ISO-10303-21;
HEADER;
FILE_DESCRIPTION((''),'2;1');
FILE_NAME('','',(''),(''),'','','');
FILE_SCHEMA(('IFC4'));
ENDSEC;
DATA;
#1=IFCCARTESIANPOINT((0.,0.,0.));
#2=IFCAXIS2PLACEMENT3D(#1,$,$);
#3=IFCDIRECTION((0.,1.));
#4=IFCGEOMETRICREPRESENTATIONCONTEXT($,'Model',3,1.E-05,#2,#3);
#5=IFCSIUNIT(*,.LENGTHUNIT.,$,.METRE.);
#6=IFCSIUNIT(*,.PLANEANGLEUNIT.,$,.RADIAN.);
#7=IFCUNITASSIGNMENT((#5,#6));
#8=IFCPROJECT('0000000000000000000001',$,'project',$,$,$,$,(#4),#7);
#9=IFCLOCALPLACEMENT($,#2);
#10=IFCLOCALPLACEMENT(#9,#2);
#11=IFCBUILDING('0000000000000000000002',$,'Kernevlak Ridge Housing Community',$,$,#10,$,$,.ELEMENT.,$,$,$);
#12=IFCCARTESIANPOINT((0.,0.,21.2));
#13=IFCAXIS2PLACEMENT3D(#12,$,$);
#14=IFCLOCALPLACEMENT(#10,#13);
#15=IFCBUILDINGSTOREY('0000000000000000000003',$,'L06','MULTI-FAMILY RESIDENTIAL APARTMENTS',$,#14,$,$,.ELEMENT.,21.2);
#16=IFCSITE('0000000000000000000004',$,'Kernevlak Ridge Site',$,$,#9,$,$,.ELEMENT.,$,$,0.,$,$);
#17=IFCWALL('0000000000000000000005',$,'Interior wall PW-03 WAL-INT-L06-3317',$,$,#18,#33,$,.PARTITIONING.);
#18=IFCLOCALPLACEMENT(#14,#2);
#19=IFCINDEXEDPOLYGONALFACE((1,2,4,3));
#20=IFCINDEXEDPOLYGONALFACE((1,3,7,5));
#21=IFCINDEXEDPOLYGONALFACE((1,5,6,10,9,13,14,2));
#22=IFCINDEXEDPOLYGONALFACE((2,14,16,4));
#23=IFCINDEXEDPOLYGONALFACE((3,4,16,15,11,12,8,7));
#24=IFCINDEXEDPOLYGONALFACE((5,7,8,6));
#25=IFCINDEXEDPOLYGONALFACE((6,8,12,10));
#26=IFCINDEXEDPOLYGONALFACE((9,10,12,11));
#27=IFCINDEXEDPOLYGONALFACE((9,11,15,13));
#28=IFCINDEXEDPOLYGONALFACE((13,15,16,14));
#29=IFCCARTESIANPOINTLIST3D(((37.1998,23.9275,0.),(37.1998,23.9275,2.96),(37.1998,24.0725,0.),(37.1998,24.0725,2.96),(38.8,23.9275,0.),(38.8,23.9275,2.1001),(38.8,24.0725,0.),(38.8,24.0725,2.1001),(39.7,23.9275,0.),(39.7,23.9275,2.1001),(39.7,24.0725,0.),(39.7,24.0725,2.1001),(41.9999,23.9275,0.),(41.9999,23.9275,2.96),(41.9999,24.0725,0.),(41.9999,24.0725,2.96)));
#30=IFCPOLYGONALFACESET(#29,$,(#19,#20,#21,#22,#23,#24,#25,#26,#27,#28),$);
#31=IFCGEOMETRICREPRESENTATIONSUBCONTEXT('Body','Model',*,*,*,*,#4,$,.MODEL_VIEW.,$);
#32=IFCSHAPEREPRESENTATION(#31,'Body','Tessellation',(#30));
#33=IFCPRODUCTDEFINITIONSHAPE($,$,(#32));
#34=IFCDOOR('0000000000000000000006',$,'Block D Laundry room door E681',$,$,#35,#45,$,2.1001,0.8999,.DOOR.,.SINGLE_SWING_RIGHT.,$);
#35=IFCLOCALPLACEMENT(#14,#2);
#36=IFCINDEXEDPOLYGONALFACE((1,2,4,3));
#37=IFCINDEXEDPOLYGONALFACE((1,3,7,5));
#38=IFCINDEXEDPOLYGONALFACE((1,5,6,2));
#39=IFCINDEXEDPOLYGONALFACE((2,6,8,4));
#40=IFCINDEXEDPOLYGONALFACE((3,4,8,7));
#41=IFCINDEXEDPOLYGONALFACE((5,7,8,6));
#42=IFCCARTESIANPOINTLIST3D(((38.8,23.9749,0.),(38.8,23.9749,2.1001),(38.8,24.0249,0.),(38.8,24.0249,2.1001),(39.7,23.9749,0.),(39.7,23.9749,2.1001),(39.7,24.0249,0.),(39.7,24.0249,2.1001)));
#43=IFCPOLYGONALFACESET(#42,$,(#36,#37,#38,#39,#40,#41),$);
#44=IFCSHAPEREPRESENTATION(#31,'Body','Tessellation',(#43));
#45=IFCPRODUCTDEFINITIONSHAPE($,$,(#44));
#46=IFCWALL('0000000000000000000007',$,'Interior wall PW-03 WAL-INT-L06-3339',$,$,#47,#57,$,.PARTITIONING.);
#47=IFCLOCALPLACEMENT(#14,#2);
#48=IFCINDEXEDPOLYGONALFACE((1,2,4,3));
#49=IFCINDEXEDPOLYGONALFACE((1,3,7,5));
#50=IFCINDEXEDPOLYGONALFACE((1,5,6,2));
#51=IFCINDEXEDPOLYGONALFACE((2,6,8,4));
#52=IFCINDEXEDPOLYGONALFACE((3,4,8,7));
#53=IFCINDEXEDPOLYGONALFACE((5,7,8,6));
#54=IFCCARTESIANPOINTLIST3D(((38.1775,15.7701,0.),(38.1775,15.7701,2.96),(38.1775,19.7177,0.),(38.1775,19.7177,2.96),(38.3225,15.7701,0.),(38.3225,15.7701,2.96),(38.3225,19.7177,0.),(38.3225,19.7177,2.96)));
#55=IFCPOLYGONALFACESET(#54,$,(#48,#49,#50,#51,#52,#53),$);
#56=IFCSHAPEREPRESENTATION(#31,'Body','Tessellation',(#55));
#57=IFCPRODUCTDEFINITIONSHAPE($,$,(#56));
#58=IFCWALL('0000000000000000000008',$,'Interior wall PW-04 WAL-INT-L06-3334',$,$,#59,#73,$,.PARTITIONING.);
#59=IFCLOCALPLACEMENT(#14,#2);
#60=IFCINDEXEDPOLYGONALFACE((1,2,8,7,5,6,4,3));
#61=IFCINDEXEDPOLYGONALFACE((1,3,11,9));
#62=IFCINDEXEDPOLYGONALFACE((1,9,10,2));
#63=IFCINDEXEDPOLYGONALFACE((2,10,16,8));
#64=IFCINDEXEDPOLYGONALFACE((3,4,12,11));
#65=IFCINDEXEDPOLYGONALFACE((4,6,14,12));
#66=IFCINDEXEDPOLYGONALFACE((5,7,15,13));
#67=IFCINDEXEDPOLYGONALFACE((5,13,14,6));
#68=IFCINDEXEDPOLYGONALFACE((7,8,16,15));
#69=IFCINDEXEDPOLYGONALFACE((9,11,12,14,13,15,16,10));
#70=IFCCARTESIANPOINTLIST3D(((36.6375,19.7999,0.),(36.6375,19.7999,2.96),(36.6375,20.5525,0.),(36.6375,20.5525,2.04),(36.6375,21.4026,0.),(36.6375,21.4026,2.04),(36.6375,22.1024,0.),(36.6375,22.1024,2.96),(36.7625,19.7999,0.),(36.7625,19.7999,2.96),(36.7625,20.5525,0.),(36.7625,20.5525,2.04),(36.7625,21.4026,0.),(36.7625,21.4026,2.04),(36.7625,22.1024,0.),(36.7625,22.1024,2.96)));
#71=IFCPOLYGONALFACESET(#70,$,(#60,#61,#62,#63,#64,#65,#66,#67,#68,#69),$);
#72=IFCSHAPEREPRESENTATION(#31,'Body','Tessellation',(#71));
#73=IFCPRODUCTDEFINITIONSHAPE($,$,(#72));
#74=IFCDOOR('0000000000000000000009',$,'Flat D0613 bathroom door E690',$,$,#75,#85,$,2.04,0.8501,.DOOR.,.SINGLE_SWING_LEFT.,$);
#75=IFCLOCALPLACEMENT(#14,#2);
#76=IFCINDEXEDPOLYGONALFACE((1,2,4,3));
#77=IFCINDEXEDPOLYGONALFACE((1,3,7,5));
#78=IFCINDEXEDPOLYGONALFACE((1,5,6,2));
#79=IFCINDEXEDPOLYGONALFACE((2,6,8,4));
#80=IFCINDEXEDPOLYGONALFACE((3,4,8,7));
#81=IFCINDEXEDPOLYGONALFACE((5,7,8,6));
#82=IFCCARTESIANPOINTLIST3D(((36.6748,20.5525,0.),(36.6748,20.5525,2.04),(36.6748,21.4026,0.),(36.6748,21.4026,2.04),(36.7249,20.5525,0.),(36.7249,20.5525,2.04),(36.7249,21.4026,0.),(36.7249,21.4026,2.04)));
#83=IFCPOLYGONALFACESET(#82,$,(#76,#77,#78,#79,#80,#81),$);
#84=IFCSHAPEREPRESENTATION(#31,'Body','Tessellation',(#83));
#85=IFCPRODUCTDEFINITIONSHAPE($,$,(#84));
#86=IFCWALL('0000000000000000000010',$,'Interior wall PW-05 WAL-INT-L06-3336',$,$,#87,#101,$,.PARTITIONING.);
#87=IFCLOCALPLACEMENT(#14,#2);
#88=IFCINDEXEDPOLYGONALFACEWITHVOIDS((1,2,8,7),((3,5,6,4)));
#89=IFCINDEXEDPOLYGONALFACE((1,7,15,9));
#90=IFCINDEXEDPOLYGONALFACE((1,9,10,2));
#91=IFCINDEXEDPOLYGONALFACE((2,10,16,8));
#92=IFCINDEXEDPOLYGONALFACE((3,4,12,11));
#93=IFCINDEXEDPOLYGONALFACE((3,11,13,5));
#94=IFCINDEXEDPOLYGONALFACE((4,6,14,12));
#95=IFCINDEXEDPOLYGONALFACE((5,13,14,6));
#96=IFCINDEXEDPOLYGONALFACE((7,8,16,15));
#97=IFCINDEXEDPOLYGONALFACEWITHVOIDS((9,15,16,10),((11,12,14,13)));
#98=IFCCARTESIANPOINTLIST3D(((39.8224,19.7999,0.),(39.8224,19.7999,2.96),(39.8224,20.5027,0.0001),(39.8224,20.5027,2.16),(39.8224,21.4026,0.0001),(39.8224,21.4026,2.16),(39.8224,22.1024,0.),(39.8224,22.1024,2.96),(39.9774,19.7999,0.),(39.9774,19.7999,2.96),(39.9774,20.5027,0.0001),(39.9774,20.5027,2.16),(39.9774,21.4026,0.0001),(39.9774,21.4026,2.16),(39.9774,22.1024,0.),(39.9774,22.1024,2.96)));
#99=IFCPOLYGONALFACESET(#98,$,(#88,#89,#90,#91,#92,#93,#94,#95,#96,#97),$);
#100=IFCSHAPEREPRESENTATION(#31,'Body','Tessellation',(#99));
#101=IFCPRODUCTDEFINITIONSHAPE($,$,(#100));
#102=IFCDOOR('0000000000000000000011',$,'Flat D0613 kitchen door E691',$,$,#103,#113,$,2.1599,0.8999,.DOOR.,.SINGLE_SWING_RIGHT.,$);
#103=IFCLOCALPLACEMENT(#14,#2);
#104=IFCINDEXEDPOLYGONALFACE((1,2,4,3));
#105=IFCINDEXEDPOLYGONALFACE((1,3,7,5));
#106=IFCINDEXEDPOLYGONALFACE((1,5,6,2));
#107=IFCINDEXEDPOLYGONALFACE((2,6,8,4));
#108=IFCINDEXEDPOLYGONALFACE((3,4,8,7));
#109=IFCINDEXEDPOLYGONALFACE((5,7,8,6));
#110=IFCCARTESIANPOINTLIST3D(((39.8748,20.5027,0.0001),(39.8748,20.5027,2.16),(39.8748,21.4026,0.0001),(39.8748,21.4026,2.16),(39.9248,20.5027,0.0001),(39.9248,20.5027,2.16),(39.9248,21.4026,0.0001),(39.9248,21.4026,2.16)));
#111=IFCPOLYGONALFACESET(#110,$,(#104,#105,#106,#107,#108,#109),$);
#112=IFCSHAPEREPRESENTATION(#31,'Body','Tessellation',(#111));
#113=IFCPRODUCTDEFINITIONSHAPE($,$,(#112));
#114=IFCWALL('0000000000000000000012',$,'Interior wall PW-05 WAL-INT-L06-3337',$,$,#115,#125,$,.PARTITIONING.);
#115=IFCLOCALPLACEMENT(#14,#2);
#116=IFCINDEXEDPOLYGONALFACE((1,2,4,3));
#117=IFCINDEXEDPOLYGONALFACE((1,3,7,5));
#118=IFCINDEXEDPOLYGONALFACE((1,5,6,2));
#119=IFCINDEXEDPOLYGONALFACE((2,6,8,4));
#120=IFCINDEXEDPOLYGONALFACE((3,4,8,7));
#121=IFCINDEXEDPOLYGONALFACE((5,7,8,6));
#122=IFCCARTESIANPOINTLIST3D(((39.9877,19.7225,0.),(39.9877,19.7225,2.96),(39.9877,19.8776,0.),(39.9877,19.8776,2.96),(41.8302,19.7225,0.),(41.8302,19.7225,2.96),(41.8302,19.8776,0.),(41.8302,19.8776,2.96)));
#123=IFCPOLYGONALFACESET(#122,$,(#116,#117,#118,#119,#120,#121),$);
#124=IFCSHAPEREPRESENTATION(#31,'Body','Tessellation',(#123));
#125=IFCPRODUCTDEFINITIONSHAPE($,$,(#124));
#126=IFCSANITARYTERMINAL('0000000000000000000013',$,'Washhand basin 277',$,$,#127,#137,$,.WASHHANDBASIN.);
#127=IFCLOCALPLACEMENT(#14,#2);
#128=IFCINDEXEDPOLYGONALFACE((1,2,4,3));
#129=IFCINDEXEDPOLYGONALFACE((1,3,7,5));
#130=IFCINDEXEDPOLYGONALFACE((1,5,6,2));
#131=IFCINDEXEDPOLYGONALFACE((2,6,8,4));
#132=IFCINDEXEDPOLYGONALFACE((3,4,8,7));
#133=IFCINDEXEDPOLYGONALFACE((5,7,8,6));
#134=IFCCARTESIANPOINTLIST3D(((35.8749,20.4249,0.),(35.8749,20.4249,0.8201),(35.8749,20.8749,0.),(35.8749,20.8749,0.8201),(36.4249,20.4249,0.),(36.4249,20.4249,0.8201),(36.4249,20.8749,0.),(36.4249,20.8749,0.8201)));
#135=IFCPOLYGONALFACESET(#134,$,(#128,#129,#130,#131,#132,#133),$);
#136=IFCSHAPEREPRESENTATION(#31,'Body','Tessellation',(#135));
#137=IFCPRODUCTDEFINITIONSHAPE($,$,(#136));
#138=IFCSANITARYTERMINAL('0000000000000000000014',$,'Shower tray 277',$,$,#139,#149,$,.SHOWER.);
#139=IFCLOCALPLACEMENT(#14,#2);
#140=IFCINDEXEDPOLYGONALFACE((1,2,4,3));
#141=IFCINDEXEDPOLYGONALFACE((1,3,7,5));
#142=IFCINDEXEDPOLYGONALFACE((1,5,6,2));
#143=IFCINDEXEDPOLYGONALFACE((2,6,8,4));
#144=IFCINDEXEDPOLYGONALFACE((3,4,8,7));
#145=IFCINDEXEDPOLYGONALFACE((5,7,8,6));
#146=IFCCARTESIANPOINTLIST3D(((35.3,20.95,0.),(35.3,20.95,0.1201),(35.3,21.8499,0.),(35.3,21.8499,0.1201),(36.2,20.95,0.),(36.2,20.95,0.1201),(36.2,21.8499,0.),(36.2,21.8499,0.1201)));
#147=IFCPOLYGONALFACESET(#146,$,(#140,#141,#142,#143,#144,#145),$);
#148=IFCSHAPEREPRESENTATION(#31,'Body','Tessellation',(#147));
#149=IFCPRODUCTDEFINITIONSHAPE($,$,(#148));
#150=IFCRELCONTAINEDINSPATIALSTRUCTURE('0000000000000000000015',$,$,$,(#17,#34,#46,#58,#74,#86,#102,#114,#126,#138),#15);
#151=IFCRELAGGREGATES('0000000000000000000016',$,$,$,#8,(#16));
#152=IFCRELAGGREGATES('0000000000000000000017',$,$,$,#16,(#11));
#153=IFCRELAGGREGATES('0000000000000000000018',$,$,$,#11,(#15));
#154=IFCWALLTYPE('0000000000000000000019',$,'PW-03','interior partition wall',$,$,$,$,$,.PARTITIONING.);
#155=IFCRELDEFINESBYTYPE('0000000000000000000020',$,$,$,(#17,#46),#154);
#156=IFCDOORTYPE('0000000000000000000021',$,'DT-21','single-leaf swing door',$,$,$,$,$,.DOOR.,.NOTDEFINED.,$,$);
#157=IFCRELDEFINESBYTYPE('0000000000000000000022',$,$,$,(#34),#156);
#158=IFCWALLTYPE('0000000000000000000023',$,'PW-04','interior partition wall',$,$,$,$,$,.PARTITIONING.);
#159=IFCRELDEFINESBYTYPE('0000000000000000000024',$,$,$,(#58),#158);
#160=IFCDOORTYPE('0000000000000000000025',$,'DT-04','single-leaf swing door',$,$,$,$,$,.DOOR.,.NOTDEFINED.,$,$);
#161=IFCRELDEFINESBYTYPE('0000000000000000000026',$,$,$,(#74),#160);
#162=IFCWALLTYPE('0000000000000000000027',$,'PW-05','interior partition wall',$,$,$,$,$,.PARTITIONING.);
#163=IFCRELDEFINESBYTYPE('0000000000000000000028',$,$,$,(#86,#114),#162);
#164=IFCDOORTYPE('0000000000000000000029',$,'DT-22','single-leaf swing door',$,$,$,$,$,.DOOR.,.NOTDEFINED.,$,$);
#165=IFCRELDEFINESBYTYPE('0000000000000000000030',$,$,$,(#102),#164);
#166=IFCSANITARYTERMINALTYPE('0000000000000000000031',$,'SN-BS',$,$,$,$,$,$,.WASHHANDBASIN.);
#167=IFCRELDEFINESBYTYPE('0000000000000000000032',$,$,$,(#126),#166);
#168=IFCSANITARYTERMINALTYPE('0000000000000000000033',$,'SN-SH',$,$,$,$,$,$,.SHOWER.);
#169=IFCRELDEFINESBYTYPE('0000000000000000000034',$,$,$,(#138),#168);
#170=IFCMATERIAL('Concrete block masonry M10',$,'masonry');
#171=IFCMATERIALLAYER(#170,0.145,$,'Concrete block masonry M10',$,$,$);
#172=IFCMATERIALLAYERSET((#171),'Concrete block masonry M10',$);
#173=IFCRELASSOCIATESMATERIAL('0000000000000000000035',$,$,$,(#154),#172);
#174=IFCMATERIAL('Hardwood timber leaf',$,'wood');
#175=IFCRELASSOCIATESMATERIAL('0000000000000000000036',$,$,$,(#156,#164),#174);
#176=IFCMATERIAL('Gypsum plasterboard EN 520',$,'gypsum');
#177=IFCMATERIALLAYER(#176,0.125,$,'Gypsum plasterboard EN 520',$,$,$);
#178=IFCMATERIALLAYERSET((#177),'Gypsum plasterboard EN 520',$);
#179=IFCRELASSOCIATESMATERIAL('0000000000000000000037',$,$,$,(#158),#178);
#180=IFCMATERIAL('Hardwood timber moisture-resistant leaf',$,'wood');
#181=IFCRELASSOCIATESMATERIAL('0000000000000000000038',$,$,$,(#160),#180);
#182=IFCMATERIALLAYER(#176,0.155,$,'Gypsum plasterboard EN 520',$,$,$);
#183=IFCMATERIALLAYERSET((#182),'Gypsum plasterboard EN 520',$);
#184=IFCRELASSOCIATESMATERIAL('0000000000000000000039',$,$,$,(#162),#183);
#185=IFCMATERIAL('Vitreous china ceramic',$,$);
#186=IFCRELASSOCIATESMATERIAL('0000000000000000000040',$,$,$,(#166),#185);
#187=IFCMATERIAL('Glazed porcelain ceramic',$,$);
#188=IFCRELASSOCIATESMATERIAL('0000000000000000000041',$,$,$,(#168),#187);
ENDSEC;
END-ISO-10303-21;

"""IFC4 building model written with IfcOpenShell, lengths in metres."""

from ifc_helpers import new_model, si_unit, direction, frame, frame_2d, origin, origin_2d, place, context, subcontext, project, spatial, rectangle, extrude, material, layer, layer_set, type_object, element, fill, save


model = new_model("IFC4")

# Units and contexts
model_context = context("Model", 3, precision=1e-05, world=origin(), true_north=direction((0.0, 1.0)))
body_context = subcontext(model_context, "Body", "Model", "MODEL_VIEW")
ifc_project = project(units=[si_unit("LENGTHUNIT", "METRE"), si_unit("PLANEANGLEUNIT", "RADIAN")], contexts=[model_context])

# Site, building, storey
site_placement = place(None, origin())
site = spatial("IfcSite", under=ifc_project, at=site_placement, Name="Kernevlak Ridge Site", CompositionType="ELEMENT", RefElevation=0.0)
building_placement = place(site_placement, origin())
building = spatial("IfcBuilding", under=site, at=building_placement, Name="Kernevlak Ridge Housing Community", CompositionType="ELEMENT")
storey_placement = place(building_placement, frame((0.0, 0.0, 21.2)))
storey = spatial("IfcBuildingStorey", under=building, at=storey_placement, Name="L06", Description="MULTI-FAMILY RESIDENTIAL APARTMENTS", CompositionType="ELEMENT", Elevation=21.2)

# Shared definitions
ifc_material_1 = material(Name="Concrete block masonry M10", Category="masonry")

# Wall, opening, door
ifc_layer_1 = layer(ifc_material_1, 0.145, Name="Concrete block masonry M10")
ifc_layer_set_1 = layer_set([ifc_layer_1], Name="Concrete block masonry M10")
wall_type_1 = type_object("IfcWallType", Name="PW-03", Description="interior partition wall", PredefinedType="PARTITIONING", material=ifc_layer_set_1)
wall_1_placement = place(storey_placement, frame((37.2, 24.0, 0.0), z_axis=(0.0, 0.0, 1.0), x_axis=(1.0, 0.0, 0.0)))
wall_1 = element("IfcWall", 1, at=wall_1_placement, inside=storey, type_object=wall_type_1, Name="Interior wall PW-03 WAL-INT-L06-3317", PredefinedType="PARTITIONING", context=body_context, shape_type="SweptSolid", body=[
    extrude(rectangle(XDim=4.8, YDim=0.145, at=frame_2d((2.3999, 0.0))), origin(), (0.0, 0.0, 1.0), 2.96),
])
opening_1_placement = place(wall_1_placement, frame((1.6001, 0.0, 0.0)))
opening_1 = element("IfcOpeningElement", 2, at=opening_1_placement, cuts=wall_1, PredefinedType="OPENING", context=body_context, shape_type="SweptSolid", body=[
    extrude(rectangle(XDim=0.8999, YDim=2.1001, at=frame_2d((0.45, 1.05))), frame((0.0, 0.0825, 0.0), z_axis=(0.0, -1.0, 0.0), x_axis=(1.0, 0.0, 0.0)), (0.0, 0.0, 1.0), 0.165),
])
ifc_material_2 = material(Name="Hardwood timber leaf", Category="wood")
door_type_1 = type_object("IfcDoorType", Name="DT-21", Description="single-leaf swing door", OperationType="NOTDEFINED", PredefinedType="DOOR", material=ifc_material_2)
door_1_placement = place(opening_1_placement, origin())
door_1 = element("IfcDoor", 3, at=door_1_placement, inside=storey, type_object=door_type_1, Name="Block D Laundry room door E681", OperationType="SINGLE_SWING_RIGHT", OverallHeight=2.1001, OverallWidth=0.8999, PredefinedType="DOOR", context=body_context, shape_type="SweptSolid", body=[
    extrude(rectangle(XDim=0.8999, YDim=2.1001, at=frame_2d((0.45, 1.05))), frame((0.0, 0.0249, 0.0), z_axis=(0.0, -1.0, 0.0), x_axis=(1.0, 0.0, 0.0)), (0.0, 0.0, 1.0), 0.05),
])
fill(opening_1, door_1)

# Wall
wall_2_placement = place(storey_placement, frame((38.25, 19.7175, 0.0), z_axis=(0.0, 0.0, 1.0), x_axis=(0.0, -1.0, 0.0)))
element("IfcWall", 4, at=wall_2_placement, inside=storey, type_object=wall_type_1, Name="Interior wall PW-03 WAL-INT-L06-3339", PredefinedType="PARTITIONING", context=body_context, shape_type="SweptSolid", body=[
    extrude(rectangle(XDim=3.9475, YDim=0.145, at=frame_2d((1.9736, 0.0))), origin(), (0.0, 0.0, 1.0), 2.96),
])

# Walls, openings, doors
ifc_material_3 = material(Name="Gypsum plasterboard EN 520", Category="gypsum")
ifc_layer_2 = layer(ifc_material_3, 0.125, Name="Gypsum plasterboard EN 520")
ifc_layer_set_2 = layer_set([ifc_layer_2], Name="Gypsum plasterboard EN 520")
wall_type_2 = type_object("IfcWallType", Name="PW-04", Description="interior partition wall", PredefinedType="PARTITIONING", material=ifc_layer_set_2)
wall_3_placement = place(storey_placement, frame((36.7, 22.1025, 0.0), z_axis=(0.0, 0.0, 1.0), x_axis=(0.0, -1.0, 0.0)))
wall_3 = element("IfcWall", 5, at=wall_3_placement, inside=storey, type_object=wall_type_2, Name="Interior wall PW-04 WAL-INT-L06-3334", PredefinedType="PARTITIONING", context=body_context, shape_type="SweptSolid", body=[
    extrude(rectangle(XDim=2.3025, YDim=0.125, at=frame_2d((1.1514, 0.0))), origin(), (0.0, 0.0, 1.0), 2.96),
])
opening_2_placement = place(wall_3_placement, frame((0.7, 0.0, 0.0)))
opening_2 = element("IfcOpeningElement", 6, at=opening_2_placement, cuts=wall_3, PredefinedType="OPENING", context=body_context, shape_type="SweptSolid", body=[
    extrude(rectangle(XDim=0.8501, YDim=2.04, at=frame_2d((0.425, 1.02))), frame((0.0, 0.0725, 0.0), z_axis=(0.0, -1.0, 0.0), x_axis=(1.0, 0.0, 0.0)), (0.0, 0.0, 1.0), 0.145),
])
ifc_material_4 = material(Name="Hardwood timber moisture-resistant leaf", Category="wood")
door_type_2 = type_object("IfcDoorType", Name="DT-04", Description="single-leaf swing door", OperationType="NOTDEFINED", PredefinedType="DOOR", material=ifc_material_4)
door_2_placement = place(opening_2_placement, origin())
door_2 = element("IfcDoor", 7, at=door_2_placement, inside=storey, type_object=door_type_2, Name="Flat D0613 bathroom door E690", OperationType="SINGLE_SWING_LEFT", OverallHeight=2.04, OverallWidth=0.8501, PredefinedType="DOOR", context=body_context, shape_type="SweptSolid", body=[
    extrude(rectangle(XDim=0.8501, YDim=2.04, at=frame_2d((0.425, 1.02))), frame((0.0, 0.0249, 0.0), z_axis=(0.0, -1.0, 0.0), x_axis=(1.0, 0.0, 0.0)), (0.0, 0.0, 1.0), 0.05),
])
fill(opening_2, door_2)
ifc_layer_3 = layer(ifc_material_3, 0.155, Name="Gypsum plasterboard EN 520")
ifc_layer_set_3 = layer_set([ifc_layer_3], Name="Gypsum plasterboard EN 520")
wall_type_3 = type_object("IfcWallType", Name="PW-05", Description="interior partition wall", PredefinedType="PARTITIONING", material=ifc_layer_set_3)
wall_4_placement = place(storey_placement, frame((39.8999, 22.1025, 0.0), z_axis=(0.0, 0.0, 1.0), x_axis=(0.0, -1.0, 0.0)))
wall_4 = element("IfcWall", 8, at=wall_4_placement, inside=storey, type_object=wall_type_3, Name="Interior wall PW-05 WAL-INT-L06-3336", PredefinedType="PARTITIONING", context=body_context, shape_type="SweptSolid", body=[
    extrude(rectangle(XDim=2.3025, YDim=0.155, at=frame_2d((1.1514, 0.0))), origin(), (0.0, 0.0, 1.0), 2.96),
])
opening_3_placement = place(wall_4_placement, frame((0.7, 0.0, 0.0)))
opening_3 = element("IfcOpeningElement", 9, at=opening_3_placement, cuts=wall_4, PredefinedType="OPENING", context=body_context, shape_type="SweptSolid", body=[
    extrude(rectangle(XDim=0.8999, YDim=2.1599, at=frame_2d((0.45, 1.0801))), frame((0.0, 0.0874, 0.0), z_axis=(0.0, -1.0, 0.0), x_axis=(1.0, 0.0, 0.0)), (0.0, 0.0, 1.0), 0.175),
])
door_type_3 = type_object("IfcDoorType", Name="DT-22", Description="single-leaf swing door", OperationType="NOTDEFINED", PredefinedType="DOOR", material=ifc_material_2)
door_3_placement = place(opening_3_placement, origin())
door_3 = element("IfcDoor", 10, at=door_3_placement, inside=storey, type_object=door_type_3, Name="Flat D0613 kitchen door E691", OperationType="SINGLE_SWING_RIGHT", OverallHeight=2.1599, OverallWidth=0.8999, PredefinedType="DOOR", context=body_context, shape_type="SweptSolid", body=[
    extrude(rectangle(XDim=0.8999, YDim=2.1599, at=frame_2d((0.45, 1.0801))), frame((0.0, 0.0249, 0.0), z_axis=(0.0, -1.0, 0.0), x_axis=(1.0, 0.0, 0.0)), (0.0, 0.0, 1.0), 0.05),
])
fill(opening_3, door_3)

# Wall
wall_5_placement = place(storey_placement, frame((39.9875, 19.8, 0.0), z_axis=(0.0, 0.0, 1.0), x_axis=(1.0, 0.0, 0.0)))
element("IfcWall", 11, at=wall_5_placement, inside=storey, type_object=wall_type_3, Name="Interior wall PW-05 WAL-INT-L06-3337", PredefinedType="PARTITIONING", context=body_context, shape_type="SweptSolid", body=[
    extrude(rectangle(XDim=1.8425, YDim=0.155, at=frame_2d((0.9214, 0.0))), origin(), (0.0, 0.0, 1.0), 2.96),
])

# Sanitary terminals
ifc_material_5 = material(Name="Vitreous china ceramic")
sanitary_terminal_type_1 = type_object("IfcSanitaryTerminalType", Name="SN-BS", PredefinedType="WASHHANDBASIN", material=ifc_material_5)
sanitary_terminal_1_placement = place(storey_placement, frame((36.1499, 20.6499, 0.0), z_axis=(0.0, 0.0, 1.0), x_axis=(1.0, 0.0, 0.0)))
element("IfcSanitaryTerminal", 12, at=sanitary_terminal_1_placement, inside=storey, type_object=sanitary_terminal_type_1, Name="Washhand basin 277", PredefinedType="WASHHANDBASIN", context=body_context, shape_type="SweptSolid", body=[
    extrude(rectangle(XDim=0.55, YDim=0.45, at=origin_2d()), origin(), (0.0, 0.0, 1.0), 0.8201),
])
ifc_material_6 = material(Name="Glazed porcelain ceramic")
sanitary_terminal_type_2 = type_object("IfcSanitaryTerminalType", Name="SN-SH", PredefinedType="SHOWER", material=ifc_material_6)
sanitary_terminal_2_placement = place(storey_placement, frame((35.75, 21.3999, 0.0), z_axis=(0.0, 0.0, 1.0), x_axis=(1.0, 0.0, 0.0)))
element("IfcSanitaryTerminal", 13, at=sanitary_terminal_2_placement, inside=storey, type_object=sanitary_terminal_type_2, Name="Shower tray 277", PredefinedType="SHOWER", context=body_context, shape_type="SweptSolid", body=[
    extrude(rectangle(XDim=0.8999, YDim=0.8999, at=origin_2d()), origin(), (0.0, 0.0, 1.0), 0.1201),
])

save(model, "model.ifc")
